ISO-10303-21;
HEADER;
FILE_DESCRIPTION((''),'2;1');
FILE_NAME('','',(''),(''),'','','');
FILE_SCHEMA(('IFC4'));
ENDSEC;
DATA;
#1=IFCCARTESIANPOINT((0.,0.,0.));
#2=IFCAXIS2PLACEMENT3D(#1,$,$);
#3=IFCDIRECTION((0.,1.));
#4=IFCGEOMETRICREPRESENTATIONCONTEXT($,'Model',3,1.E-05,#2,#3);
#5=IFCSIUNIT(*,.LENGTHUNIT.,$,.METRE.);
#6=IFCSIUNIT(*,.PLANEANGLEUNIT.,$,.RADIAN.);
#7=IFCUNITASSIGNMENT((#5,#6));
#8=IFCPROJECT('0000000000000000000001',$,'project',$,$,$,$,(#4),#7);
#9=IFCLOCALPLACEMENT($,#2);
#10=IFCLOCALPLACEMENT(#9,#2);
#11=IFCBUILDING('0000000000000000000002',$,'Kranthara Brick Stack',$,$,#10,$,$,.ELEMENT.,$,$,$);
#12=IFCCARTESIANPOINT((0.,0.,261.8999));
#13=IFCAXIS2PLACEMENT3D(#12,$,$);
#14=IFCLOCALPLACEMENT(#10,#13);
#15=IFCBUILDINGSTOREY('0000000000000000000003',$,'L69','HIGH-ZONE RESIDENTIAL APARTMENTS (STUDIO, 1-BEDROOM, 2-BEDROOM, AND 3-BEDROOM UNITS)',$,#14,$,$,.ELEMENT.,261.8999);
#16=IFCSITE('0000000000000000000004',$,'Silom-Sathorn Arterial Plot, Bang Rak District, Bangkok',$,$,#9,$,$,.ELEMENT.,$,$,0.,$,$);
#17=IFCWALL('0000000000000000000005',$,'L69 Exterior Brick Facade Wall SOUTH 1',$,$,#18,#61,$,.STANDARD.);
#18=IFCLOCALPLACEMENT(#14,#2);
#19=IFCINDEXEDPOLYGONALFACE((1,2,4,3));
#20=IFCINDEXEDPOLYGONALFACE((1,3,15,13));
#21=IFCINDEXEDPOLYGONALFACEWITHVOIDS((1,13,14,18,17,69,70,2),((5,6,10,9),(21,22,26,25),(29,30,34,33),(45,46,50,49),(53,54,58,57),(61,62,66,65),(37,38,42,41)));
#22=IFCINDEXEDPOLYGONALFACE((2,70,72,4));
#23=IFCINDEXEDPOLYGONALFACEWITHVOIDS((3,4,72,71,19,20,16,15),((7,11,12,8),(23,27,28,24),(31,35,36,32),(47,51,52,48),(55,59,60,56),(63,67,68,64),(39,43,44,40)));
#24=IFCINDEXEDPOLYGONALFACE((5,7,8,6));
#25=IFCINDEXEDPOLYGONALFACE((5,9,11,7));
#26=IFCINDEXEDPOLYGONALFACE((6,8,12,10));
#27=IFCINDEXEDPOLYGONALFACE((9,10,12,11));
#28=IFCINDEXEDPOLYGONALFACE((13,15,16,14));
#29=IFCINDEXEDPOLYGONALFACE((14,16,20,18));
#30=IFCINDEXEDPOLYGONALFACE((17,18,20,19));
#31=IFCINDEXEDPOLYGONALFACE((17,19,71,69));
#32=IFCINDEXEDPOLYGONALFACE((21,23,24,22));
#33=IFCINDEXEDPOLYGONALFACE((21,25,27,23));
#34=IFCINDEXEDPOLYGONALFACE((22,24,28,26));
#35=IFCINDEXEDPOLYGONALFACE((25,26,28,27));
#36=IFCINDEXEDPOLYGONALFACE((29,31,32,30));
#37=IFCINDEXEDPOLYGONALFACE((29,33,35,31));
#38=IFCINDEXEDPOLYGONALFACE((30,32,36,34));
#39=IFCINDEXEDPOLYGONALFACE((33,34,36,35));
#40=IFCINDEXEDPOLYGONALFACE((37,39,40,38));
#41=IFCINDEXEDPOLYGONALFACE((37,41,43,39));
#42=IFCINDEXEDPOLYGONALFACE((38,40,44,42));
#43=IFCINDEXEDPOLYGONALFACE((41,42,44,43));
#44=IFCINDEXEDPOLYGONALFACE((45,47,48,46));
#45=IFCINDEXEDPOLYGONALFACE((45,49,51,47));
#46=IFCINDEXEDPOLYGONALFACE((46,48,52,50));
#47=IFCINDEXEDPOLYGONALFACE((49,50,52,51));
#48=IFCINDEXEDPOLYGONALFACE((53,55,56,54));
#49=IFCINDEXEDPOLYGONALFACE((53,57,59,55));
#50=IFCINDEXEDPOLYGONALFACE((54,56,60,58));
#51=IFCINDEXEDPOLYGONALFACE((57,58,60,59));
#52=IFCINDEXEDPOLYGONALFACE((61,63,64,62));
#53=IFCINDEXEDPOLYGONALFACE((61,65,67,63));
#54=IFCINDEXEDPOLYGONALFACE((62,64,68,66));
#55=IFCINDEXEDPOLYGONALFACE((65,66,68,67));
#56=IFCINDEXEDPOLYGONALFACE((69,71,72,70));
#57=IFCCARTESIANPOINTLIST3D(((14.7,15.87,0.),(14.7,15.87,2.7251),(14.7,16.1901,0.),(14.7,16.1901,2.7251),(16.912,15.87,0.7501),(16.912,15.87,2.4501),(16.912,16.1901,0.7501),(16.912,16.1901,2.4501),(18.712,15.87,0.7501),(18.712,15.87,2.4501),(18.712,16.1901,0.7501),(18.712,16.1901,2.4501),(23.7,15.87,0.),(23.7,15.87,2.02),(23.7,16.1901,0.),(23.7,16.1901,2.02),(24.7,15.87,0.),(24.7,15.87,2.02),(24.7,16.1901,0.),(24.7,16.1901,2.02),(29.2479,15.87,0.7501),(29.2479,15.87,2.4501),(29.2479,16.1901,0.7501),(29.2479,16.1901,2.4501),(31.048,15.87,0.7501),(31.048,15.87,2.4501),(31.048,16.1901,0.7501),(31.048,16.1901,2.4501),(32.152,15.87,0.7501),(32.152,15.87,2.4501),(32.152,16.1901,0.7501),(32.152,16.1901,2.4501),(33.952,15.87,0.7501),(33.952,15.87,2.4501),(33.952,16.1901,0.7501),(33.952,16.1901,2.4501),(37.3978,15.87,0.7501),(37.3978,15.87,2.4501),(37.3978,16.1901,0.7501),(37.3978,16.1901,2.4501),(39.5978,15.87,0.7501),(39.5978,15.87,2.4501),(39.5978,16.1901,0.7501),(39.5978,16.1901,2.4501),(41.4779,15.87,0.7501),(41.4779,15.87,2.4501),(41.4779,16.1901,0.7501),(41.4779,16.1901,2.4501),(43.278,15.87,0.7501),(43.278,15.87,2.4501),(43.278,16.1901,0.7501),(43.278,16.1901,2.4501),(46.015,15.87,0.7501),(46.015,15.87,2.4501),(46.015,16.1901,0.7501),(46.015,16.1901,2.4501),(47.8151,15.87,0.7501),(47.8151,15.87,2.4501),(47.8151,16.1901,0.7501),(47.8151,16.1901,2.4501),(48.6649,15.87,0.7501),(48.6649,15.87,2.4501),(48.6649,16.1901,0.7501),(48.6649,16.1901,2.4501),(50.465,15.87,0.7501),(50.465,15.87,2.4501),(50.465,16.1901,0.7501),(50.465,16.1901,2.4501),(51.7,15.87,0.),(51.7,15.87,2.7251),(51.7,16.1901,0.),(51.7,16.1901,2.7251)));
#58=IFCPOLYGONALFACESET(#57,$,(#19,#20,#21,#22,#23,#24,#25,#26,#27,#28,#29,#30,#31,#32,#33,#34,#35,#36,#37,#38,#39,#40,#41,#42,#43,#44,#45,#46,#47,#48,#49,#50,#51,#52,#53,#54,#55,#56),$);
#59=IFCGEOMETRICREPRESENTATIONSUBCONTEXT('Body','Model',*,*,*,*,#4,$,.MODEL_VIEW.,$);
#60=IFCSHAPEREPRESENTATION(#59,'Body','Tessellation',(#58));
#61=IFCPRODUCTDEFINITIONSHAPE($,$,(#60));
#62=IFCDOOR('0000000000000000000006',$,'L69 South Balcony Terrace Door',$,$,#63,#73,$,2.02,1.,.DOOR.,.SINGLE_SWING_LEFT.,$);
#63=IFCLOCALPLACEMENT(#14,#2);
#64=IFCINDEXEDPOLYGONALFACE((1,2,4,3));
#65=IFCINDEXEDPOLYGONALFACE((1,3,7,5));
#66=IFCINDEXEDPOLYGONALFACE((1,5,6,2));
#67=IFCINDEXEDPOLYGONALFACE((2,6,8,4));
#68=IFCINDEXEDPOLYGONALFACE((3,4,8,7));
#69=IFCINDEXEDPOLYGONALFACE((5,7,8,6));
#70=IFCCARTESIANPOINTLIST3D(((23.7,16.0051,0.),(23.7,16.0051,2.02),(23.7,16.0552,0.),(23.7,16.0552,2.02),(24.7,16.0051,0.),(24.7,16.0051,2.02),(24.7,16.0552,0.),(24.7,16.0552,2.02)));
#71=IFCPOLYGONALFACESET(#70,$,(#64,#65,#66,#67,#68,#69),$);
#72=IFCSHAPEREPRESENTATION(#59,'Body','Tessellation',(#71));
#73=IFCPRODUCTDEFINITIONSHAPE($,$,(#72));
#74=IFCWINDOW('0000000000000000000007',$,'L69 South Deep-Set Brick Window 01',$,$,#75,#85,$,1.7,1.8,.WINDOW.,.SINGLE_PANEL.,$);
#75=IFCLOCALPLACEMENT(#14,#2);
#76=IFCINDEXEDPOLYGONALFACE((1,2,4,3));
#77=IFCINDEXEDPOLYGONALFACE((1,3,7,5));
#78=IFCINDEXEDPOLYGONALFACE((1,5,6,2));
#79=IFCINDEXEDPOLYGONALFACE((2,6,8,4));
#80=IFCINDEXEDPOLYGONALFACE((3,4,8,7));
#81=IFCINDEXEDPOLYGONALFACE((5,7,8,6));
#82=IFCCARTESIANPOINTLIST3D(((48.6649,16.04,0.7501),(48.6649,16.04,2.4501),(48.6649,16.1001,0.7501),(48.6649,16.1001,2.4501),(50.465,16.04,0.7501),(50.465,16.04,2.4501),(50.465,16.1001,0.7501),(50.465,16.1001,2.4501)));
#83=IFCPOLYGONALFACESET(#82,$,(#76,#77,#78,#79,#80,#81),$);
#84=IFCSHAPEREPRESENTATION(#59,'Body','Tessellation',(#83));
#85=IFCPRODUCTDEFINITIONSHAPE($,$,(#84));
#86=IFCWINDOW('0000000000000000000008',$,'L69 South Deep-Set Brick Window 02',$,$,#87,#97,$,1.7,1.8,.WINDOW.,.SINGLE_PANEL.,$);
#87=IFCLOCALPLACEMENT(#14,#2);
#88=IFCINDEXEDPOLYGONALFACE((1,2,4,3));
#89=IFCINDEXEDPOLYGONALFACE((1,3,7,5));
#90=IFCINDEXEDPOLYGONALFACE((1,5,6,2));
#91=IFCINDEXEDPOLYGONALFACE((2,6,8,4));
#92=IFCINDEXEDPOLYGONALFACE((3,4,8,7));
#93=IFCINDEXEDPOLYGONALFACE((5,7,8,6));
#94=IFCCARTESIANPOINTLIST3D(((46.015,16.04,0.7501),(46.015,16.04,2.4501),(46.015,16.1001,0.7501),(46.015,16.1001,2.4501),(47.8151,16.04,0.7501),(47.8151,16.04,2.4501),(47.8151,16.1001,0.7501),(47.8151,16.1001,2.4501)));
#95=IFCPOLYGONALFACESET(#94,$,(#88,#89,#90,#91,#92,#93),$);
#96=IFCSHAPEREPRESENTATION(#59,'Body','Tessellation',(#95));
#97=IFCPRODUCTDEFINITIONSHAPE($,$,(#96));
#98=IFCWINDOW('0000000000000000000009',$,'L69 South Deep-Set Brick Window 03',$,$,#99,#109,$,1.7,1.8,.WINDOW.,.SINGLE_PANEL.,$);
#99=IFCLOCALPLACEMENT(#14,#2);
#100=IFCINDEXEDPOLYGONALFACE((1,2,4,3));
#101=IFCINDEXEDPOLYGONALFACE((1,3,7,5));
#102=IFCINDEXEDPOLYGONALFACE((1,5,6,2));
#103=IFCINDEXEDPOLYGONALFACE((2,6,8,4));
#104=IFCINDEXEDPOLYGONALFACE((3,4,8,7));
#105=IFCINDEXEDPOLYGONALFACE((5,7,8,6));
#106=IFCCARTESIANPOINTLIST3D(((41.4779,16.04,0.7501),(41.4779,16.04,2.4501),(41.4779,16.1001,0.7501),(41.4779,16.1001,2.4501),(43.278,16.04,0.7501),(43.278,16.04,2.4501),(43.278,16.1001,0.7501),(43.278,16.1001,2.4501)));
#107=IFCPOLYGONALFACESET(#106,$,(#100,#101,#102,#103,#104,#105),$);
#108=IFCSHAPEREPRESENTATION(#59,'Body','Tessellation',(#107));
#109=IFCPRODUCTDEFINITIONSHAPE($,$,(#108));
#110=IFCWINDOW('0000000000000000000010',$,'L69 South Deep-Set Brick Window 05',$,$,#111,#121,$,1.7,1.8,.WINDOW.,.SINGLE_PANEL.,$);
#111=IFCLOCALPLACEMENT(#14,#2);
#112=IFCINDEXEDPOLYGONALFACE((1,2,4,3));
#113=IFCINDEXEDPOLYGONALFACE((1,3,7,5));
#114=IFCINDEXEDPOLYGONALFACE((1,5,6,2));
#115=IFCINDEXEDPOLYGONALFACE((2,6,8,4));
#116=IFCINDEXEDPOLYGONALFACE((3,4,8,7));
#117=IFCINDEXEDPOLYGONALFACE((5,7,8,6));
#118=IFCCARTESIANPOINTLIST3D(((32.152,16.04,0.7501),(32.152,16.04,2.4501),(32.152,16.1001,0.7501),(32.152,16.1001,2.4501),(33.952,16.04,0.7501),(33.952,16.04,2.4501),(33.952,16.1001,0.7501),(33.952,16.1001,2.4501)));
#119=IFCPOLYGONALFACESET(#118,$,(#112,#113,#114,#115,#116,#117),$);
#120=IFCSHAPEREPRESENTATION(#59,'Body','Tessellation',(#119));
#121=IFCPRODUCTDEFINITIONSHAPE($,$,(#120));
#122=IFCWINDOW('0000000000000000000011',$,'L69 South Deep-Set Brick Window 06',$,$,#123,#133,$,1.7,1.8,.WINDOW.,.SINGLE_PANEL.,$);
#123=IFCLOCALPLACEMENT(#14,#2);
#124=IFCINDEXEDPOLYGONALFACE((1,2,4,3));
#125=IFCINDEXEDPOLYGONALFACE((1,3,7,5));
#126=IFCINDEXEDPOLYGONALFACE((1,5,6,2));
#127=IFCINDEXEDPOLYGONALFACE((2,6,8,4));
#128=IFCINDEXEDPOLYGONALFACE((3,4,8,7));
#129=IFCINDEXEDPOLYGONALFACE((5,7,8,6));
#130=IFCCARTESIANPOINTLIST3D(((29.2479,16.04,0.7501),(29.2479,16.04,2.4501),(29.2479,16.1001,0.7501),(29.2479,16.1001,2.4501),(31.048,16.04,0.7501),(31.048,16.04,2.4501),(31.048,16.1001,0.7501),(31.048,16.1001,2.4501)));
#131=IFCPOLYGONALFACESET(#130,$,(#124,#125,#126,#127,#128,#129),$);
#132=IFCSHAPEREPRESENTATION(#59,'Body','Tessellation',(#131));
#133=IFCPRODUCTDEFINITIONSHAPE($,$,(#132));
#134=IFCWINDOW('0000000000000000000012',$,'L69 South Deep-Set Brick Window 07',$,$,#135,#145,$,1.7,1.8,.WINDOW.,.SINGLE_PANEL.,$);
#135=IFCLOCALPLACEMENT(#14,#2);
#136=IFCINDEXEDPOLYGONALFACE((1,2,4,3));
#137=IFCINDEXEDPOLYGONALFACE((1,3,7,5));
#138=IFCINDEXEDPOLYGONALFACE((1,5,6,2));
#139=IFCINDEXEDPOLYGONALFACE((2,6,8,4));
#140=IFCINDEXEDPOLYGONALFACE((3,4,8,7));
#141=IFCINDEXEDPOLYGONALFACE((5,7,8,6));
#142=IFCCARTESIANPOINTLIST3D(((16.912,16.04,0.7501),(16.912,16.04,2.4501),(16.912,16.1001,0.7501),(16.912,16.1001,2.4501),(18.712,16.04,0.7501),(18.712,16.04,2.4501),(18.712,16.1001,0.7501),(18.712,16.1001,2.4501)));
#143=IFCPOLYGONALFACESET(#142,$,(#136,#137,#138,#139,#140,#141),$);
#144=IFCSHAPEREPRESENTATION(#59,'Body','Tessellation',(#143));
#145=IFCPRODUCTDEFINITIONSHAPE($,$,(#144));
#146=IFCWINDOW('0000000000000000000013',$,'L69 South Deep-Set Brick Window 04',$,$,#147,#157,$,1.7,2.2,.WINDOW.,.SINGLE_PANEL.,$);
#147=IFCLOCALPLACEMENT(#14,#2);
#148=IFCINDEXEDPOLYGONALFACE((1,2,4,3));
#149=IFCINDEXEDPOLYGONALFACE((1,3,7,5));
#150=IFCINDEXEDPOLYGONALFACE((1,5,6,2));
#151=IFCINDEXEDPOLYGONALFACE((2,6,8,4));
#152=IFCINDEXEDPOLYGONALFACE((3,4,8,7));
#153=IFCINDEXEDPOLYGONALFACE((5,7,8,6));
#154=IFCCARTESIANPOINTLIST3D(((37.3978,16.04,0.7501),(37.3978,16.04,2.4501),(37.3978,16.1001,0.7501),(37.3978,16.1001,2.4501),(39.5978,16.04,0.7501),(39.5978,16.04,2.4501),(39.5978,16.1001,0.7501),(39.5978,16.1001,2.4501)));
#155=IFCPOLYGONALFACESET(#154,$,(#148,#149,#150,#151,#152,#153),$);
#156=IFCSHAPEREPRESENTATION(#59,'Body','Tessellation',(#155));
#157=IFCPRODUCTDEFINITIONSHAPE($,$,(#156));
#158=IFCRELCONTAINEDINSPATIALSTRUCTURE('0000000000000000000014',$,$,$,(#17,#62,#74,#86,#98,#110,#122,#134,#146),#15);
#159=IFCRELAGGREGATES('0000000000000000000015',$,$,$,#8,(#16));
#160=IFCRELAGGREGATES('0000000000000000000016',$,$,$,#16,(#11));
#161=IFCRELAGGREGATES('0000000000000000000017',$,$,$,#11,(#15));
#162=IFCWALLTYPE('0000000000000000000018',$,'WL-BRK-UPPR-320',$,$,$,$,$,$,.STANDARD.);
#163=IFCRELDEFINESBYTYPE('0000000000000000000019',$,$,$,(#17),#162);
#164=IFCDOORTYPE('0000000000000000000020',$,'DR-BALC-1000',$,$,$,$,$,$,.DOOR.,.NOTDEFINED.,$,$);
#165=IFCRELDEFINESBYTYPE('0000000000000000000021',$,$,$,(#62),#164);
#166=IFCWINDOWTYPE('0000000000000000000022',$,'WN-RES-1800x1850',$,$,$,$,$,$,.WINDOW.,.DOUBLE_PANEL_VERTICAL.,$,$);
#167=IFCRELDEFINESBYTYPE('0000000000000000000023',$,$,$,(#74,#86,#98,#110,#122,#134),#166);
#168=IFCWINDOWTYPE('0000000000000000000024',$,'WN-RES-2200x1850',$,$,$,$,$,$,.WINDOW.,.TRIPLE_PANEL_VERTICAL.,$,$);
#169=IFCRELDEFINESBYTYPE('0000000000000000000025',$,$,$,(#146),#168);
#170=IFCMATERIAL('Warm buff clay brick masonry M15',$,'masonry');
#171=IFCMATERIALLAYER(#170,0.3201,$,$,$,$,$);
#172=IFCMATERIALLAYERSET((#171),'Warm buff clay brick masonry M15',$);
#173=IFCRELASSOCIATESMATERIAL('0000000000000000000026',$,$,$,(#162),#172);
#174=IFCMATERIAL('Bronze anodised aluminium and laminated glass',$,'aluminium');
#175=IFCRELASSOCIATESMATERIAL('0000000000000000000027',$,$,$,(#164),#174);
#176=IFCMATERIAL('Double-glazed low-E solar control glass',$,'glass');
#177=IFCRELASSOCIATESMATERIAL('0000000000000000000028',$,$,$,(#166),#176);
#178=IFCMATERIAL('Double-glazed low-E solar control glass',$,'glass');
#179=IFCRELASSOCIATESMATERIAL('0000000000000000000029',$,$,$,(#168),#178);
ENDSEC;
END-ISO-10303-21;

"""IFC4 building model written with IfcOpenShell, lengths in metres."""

from ifc_helpers import new_model, si_unit, direction, frame, frame_2d, origin, place, context, subcontext, project, spatial, rectangle, extrude, material, layer, layer_set, type_object, element, fill, save


model = new_model("IFC4")

# Units and contexts
model_context = context("Model", 3, precision=1e-05, world=origin(), true_north=direction((0.0, 1.0)))
body_context = subcontext(model_context, "Body", "Model", "MODEL_VIEW")
ifc_project = project(units=[si_unit("LENGTHUNIT", "METRE"), si_unit("PLANEANGLEUNIT", "RADIAN")], contexts=[model_context])

# Site, building, storey
site_placement = place(None, origin())
site = spatial("IfcSite", under=ifc_project, at=site_placement, Name="Silom-Sathorn Arterial Plot, Bang Rak District, Bangkok", CompositionType="ELEMENT", RefElevation=0.0)
building_placement = place(site_placement, origin())
building = spatial("IfcBuilding", under=site, at=building_placement, Name="Kranthara Brick Stack", CompositionType="ELEMENT")
storey_placement = place(building_placement, frame((0.0, 0.0, 261.8999)))
storey = spatial("IfcBuildingStorey", under=building, at=storey_placement, Name="L69", Description="HIGH-ZONE RESIDENTIAL APARTMENTS (STUDIO, 1-BEDROOM, 2-BEDROOM, AND 3-BEDROOM UNITS)", CompositionType="ELEMENT", Elevation=261.8999)

# Wall, openings, door, windows
ifc_material_1 = material(Name="Warm buff clay brick masonry M15", Category="masonry")
ifc_layer_1 = layer(ifc_material_1, 0.3201)
ifc_layer_set_1 = layer_set([ifc_layer_1], Name="Warm buff clay brick masonry M15")
wall_type_1 = type_object("IfcWallType", Name="WL-BRK-UPPR-320", PredefinedType="STANDARD", material=ifc_layer_set_1)
wall_1_placement = place(storey_placement, frame((51.7, 16.03, 0.0), z_axis=(0.0, 0.0, 1.0), x_axis=(-1.0, 0.0, 0.0)))
wall_1 = element("IfcWall", 1, at=wall_1_placement, inside=storey, type_object=wall_type_1, Name="L69 Exterior Brick Facade Wall SOUTH 1", PredefinedType="STANDARD", context=body_context, shape_type="SweptSolid", body=[
    extrude(rectangle(XDim=37.0, YDim=0.3201, at=frame_2d((18.5, 0.0))), origin(), (0.0, 0.0, 1.0), 2.7251),
])
opening_1_placement = place(wall_1_placement, frame((27.0, 0.0, 0.0)))
opening_1 = element("IfcOpeningElement", 2, at=opening_1_placement, cuts=wall_1, PredefinedType="OPENING", context=body_context, shape_type="SweptSolid", body=[
    extrude(rectangle(XDim=1.0, YDim=2.02, at=frame_2d((0.5, 1.01))), frame((0.0, 0.1699, 0.0), z_axis=(0.0, -1.0, 0.0), x_axis=(1.0, 0.0, 0.0)), (0.0, 0.0, 1.0), 0.3401),
])
opening_2_placement = place(wall_1_placement, frame((1.2351, 0.0, 0.75)))
opening_2 = element("IfcOpeningElement", 3, at=opening_2_placement, cuts=wall_1, PredefinedType="OPENING", context=body_context, shape_type="SweptSolid", body=[
    extrude(rectangle(XDim=1.8, YDim=1.7, at=frame_2d((0.8999, 0.8501))), frame((0.0, 0.1699, 0.0), z_axis=(0.0, -1.0, 0.0), x_axis=(1.0, 0.0, 0.0)), (0.0, 0.0, 1.0), 0.3401),
])
opening_3_placement = place(wall_1_placement, frame((3.885, 0.0, 0.75)))
opening_3 = element("IfcOpeningElement", 4, at=opening_3_placement, cuts=wall_1, PredefinedType="OPENING", context=body_context, shape_type="SweptSolid", body=[
    extrude(rectangle(XDim=1.8, YDim=1.7, at=frame_2d((0.8999, 0.8501))), frame((0.0, 0.1699, 0.0), z_axis=(0.0, -1.0, 0.0), x_axis=(1.0, 0.0, 0.0)), (0.0, 0.0, 1.0), 0.3401),
])
opening_4_placement = place(wall_1_placement, frame((8.4221, 0.0, 0.75)))
opening_4 = element("IfcOpeningElement", 5, at=opening_4_placement, cuts=wall_1, PredefinedType="OPENING", context=body_context, shape_type="SweptSolid", body=[
    extrude(rectangle(XDim=1.8, YDim=1.7, at=frame_2d((0.8999, 0.8501))), frame((0.0, 0.1699, 0.0), z_axis=(0.0, -1.0, 0.0), x_axis=(1.0, 0.0, 0.0)), (0.0, 0.0, 1.0), 0.3401),
])
opening_5_placement = place(wall_1_placement, frame((12.1021, 0.0, 0.75)))
opening_5 = element("IfcOpeningElement", 6, at=opening_5_placement, cuts=wall_1, PredefinedType="OPENING", context=body_context, shape_type="SweptSolid", body=[
    extrude(rectangle(XDim=2.2, YDim=1.7, at=frame_2d((1.1001, 0.8501))), frame((0.0, 0.1699, 0.0), z_axis=(0.0, -1.0, 0.0), x_axis=(1.0, 0.0, 0.0)), (0.0, 0.0, 1.0), 0.3401),
])
opening_6_placement = place(wall_1_placement, frame((17.748, 0.0, 0.75)))
opening_6 = element("IfcOpeningElement", 7, at=opening_6_placement, cuts=wall_1, PredefinedType="OPENING", context=body_context, shape_type="SweptSolid", body=[
    extrude(rectangle(XDim=1.8, YDim=1.7, at=frame_2d((0.8999, 0.8501))), frame((0.0, 0.1699, 0.0), z_axis=(0.0, -1.0, 0.0), x_axis=(1.0, 0.0, 0.0)), (0.0, 0.0, 1.0), 0.3401),
])
opening_7_placement = place(wall_1_placement, frame((20.6521, 0.0, 0.75)))
opening_7 = element("IfcOpeningElement", 8, at=opening_7_placement, cuts=wall_1, PredefinedType="OPENING", context=body_context, shape_type="SweptSolid", body=[
    extrude(rectangle(XDim=1.8, YDim=1.7, at=frame_2d((0.8999, 0.8501))), frame((0.0, 0.1699, 0.0), z_axis=(0.0, -1.0, 0.0), x_axis=(1.0, 0.0, 0.0)), (0.0, 0.0, 1.0), 0.3401),
])
opening_8_placement = place(wall_1_placement, frame((32.988, 0.0, 0.75)))
opening_8 = element("IfcOpeningElement", 9, at=opening_8_placement, cuts=wall_1, PredefinedType="OPENING", context=body_context, shape_type="SweptSolid", body=[
    extrude(rectangle(XDim=1.8, YDim=1.7, at=frame_2d((0.8999, 0.8501))), frame((0.0, 0.1699, 0.0), z_axis=(0.0, -1.0, 0.0), x_axis=(1.0, 0.0, 0.0)), (0.0, 0.0, 1.0), 0.3401),
])
ifc_material_2 = material(Name="Bronze anodised aluminium and laminated glass", Category="aluminium")
door_type_1 = type_object("IfcDoorType", Name="DR-BALC-1000", OperationType="NOTDEFINED", PredefinedType="DOOR", material=ifc_material_2)
door_1_placement = place(opening_1_placement, origin())
door_1 = element("IfcDoor", 10, at=door_1_placement, inside=storey, type_object=door_type_1, Name="L69 South Balcony Terrace Door", OperationType="SINGLE_SWING_LEFT", OverallHeight=2.02, OverallWidth=1.0, PredefinedType="DOOR", context=body_context, shape_type="SweptSolid", body=[
    extrude(rectangle(XDim=1.0, YDim=2.02, at=frame_2d((0.5, 1.01))), frame((0.0, 0.0249, 0.0), z_axis=(0.0, -1.0, 0.0), x_axis=(1.0, 0.0, 0.0)), (0.0, 0.0, 1.0), 0.05),
])
fill(opening_1, door_1)
ifc_material_3 = material(Name="Double-glazed low-E solar control glass", Category="glass")
window_type_1 = type_object("IfcWindowType", Name="WN-RES-1800x1850", PartitioningType="DOUBLE_PANEL_VERTICAL", PredefinedType="WINDOW", material=ifc_material_3)
window_1_placement = place(opening_2_placement, origin())
window_1 = element("IfcWindow", 11, at=window_1_placement, inside=storey, type_object=window_type_1, Name="L69 South Deep-Set Brick Window 01", OverallHeight=1.7, OverallWidth=1.8, PartitioningType="SINGLE_PANEL", PredefinedType="WINDOW", context=body_context, shape_type="SweptSolid", body=[
    extrude(rectangle(XDim=1.8, YDim=1.7, at=frame_2d((0.8999, 0.8501))), frame((0.0, -0.01, 0.0), z_axis=(0.0, -1.0, 0.0), x_axis=(1.0, 0.0, 0.0)), (0.0, 0.0, 1.0), 0.0601),
])
fill(opening_2, window_1)
window_2_placement = place(opening_3_placement, origin())
window_2 = element("IfcWindow", 12, at=window_2_placement, inside=storey, type_object=window_type_1, Name="L69 South Deep-Set Brick Window 02", OverallHeight=1.7, OverallWidth=1.8, PartitioningType="SINGLE_PANEL", PredefinedType="WINDOW", context=body_context, shape_type="SweptSolid", body=[
    extrude(rectangle(XDim=1.8, YDim=1.7, at=frame_2d((0.8999, 0.8501))), frame((0.0, -0.01, 0.0), z_axis=(0.0, -1.0, 0.0), x_axis=(1.0, 0.0, 0.0)), (0.0, 0.0, 1.0), 0.0601),
])
fill(opening_3, window_2)
window_3_placement = place(opening_4_placement, origin())
window_3 = element("IfcWindow", 13, at=window_3_placement, inside=storey, type_object=window_type_1, Name="L69 South Deep-Set Brick Window 03", OverallHeight=1.7, OverallWidth=1.8, PartitioningType="SINGLE_PANEL", PredefinedType="WINDOW", context=body_context, shape_type="SweptSolid", body=[
    extrude(rectangle(XDim=1.8, YDim=1.7, at=frame_2d((0.8999, 0.8501))), frame((0.0, -0.01, 0.0), z_axis=(0.0, -1.0, 0.0), x_axis=(1.0, 0.0, 0.0)), (0.0, 0.0, 1.0), 0.0601),
])
fill(opening_4, window_3)
window_4_placement = place(opening_6_placement, origin())
window_4 = element("IfcWindow", 14, at=window_4_placement, inside=storey, type_object=window_type_1, Name="L69 South Deep-Set Brick Window 05", OverallHeight=1.7, OverallWidth=1.8, PartitioningType="SINGLE_PANEL", PredefinedType="WINDOW", context=body_context, shape_type="SweptSolid", body=[
    extrude(rectangle(XDim=1.8, YDim=1.7, at=frame_2d((0.8999, 0.8501))), frame((0.0, -0.01, 0.0), z_axis=(0.0, -1.0, 0.0), x_axis=(1.0, 0.0, 0.0)), (0.0, 0.0, 1.0), 0.0601),
])
fill(opening_6, window_4)
window_5_placement = place(opening_7_placement, origin())
window_5 = element("IfcWindow", 15, at=window_5_placement, inside=storey, type_object=window_type_1, Name="L69 South Deep-Set Brick Window 06", OverallHeight=1.7, OverallWidth=1.8, PartitioningType="SINGLE_PANEL", PredefinedType="WINDOW", context=body_context, shape_type="SweptSolid", body=[
    extrude(rectangle(XDim=1.8, YDim=1.7, at=frame_2d((0.8999, 0.8501))), frame((0.0, -0.01, 0.0), z_axis=(0.0, -1.0, 0.0), x_axis=(1.0, 0.0, 0.0)), (0.0, 0.0, 1.0), 0.0601),
])
fill(opening_7, window_5)
window_6_placement = place(opening_8_placement, origin())
window_6 = element("IfcWindow", 16, at=window_6_placement, inside=storey, type_object=window_type_1, Name="L69 South Deep-Set Brick Window 07", OverallHeight=1.7, OverallWidth=1.8, PartitioningType="SINGLE_PANEL", PredefinedType="WINDOW", context=body_context, shape_type="SweptSolid", body=[
    extrude(rectangle(XDim=1.8, YDim=1.7, at=frame_2d((0.8999, 0.8501))), frame((0.0, -0.01, 0.0), z_axis=(0.0, -1.0, 0.0), x_axis=(1.0, 0.0, 0.0)), (0.0, 0.0, 1.0), 0.0601),
])
fill(opening_8, window_6)
ifc_material_4 = material(Name="Double-glazed low-E solar control glass", Category="glass")
window_type_2 = type_object("IfcWindowType", Name="WN-RES-2200x1850", PartitioningType="TRIPLE_PANEL_VERTICAL", PredefinedType="WINDOW", material=ifc_material_4)
window_7_placement = place(opening_5_placement, origin())
window_7 = element("IfcWindow", 17, at=window_7_placement, inside=storey, type_object=window_type_2, Name="L69 South Deep-Set Brick Window 04", OverallHeight=1.7, OverallWidth=2.2, PartitioningType="SINGLE_PANEL", PredefinedType="WINDOW", context=body_context, shape_type="SweptSolid", body=[
    extrude(rectangle(XDim=2.2, YDim=1.7, at=frame_2d((1.1001, 0.8501))), frame((0.0, -0.01, 0.0), z_axis=(0.0, -1.0, 0.0), x_axis=(1.0, 0.0, 0.0)), (0.0, 0.0, 1.0), 0.0601),
])
fill(opening_5, window_7)

save(model, "model.ifc")
